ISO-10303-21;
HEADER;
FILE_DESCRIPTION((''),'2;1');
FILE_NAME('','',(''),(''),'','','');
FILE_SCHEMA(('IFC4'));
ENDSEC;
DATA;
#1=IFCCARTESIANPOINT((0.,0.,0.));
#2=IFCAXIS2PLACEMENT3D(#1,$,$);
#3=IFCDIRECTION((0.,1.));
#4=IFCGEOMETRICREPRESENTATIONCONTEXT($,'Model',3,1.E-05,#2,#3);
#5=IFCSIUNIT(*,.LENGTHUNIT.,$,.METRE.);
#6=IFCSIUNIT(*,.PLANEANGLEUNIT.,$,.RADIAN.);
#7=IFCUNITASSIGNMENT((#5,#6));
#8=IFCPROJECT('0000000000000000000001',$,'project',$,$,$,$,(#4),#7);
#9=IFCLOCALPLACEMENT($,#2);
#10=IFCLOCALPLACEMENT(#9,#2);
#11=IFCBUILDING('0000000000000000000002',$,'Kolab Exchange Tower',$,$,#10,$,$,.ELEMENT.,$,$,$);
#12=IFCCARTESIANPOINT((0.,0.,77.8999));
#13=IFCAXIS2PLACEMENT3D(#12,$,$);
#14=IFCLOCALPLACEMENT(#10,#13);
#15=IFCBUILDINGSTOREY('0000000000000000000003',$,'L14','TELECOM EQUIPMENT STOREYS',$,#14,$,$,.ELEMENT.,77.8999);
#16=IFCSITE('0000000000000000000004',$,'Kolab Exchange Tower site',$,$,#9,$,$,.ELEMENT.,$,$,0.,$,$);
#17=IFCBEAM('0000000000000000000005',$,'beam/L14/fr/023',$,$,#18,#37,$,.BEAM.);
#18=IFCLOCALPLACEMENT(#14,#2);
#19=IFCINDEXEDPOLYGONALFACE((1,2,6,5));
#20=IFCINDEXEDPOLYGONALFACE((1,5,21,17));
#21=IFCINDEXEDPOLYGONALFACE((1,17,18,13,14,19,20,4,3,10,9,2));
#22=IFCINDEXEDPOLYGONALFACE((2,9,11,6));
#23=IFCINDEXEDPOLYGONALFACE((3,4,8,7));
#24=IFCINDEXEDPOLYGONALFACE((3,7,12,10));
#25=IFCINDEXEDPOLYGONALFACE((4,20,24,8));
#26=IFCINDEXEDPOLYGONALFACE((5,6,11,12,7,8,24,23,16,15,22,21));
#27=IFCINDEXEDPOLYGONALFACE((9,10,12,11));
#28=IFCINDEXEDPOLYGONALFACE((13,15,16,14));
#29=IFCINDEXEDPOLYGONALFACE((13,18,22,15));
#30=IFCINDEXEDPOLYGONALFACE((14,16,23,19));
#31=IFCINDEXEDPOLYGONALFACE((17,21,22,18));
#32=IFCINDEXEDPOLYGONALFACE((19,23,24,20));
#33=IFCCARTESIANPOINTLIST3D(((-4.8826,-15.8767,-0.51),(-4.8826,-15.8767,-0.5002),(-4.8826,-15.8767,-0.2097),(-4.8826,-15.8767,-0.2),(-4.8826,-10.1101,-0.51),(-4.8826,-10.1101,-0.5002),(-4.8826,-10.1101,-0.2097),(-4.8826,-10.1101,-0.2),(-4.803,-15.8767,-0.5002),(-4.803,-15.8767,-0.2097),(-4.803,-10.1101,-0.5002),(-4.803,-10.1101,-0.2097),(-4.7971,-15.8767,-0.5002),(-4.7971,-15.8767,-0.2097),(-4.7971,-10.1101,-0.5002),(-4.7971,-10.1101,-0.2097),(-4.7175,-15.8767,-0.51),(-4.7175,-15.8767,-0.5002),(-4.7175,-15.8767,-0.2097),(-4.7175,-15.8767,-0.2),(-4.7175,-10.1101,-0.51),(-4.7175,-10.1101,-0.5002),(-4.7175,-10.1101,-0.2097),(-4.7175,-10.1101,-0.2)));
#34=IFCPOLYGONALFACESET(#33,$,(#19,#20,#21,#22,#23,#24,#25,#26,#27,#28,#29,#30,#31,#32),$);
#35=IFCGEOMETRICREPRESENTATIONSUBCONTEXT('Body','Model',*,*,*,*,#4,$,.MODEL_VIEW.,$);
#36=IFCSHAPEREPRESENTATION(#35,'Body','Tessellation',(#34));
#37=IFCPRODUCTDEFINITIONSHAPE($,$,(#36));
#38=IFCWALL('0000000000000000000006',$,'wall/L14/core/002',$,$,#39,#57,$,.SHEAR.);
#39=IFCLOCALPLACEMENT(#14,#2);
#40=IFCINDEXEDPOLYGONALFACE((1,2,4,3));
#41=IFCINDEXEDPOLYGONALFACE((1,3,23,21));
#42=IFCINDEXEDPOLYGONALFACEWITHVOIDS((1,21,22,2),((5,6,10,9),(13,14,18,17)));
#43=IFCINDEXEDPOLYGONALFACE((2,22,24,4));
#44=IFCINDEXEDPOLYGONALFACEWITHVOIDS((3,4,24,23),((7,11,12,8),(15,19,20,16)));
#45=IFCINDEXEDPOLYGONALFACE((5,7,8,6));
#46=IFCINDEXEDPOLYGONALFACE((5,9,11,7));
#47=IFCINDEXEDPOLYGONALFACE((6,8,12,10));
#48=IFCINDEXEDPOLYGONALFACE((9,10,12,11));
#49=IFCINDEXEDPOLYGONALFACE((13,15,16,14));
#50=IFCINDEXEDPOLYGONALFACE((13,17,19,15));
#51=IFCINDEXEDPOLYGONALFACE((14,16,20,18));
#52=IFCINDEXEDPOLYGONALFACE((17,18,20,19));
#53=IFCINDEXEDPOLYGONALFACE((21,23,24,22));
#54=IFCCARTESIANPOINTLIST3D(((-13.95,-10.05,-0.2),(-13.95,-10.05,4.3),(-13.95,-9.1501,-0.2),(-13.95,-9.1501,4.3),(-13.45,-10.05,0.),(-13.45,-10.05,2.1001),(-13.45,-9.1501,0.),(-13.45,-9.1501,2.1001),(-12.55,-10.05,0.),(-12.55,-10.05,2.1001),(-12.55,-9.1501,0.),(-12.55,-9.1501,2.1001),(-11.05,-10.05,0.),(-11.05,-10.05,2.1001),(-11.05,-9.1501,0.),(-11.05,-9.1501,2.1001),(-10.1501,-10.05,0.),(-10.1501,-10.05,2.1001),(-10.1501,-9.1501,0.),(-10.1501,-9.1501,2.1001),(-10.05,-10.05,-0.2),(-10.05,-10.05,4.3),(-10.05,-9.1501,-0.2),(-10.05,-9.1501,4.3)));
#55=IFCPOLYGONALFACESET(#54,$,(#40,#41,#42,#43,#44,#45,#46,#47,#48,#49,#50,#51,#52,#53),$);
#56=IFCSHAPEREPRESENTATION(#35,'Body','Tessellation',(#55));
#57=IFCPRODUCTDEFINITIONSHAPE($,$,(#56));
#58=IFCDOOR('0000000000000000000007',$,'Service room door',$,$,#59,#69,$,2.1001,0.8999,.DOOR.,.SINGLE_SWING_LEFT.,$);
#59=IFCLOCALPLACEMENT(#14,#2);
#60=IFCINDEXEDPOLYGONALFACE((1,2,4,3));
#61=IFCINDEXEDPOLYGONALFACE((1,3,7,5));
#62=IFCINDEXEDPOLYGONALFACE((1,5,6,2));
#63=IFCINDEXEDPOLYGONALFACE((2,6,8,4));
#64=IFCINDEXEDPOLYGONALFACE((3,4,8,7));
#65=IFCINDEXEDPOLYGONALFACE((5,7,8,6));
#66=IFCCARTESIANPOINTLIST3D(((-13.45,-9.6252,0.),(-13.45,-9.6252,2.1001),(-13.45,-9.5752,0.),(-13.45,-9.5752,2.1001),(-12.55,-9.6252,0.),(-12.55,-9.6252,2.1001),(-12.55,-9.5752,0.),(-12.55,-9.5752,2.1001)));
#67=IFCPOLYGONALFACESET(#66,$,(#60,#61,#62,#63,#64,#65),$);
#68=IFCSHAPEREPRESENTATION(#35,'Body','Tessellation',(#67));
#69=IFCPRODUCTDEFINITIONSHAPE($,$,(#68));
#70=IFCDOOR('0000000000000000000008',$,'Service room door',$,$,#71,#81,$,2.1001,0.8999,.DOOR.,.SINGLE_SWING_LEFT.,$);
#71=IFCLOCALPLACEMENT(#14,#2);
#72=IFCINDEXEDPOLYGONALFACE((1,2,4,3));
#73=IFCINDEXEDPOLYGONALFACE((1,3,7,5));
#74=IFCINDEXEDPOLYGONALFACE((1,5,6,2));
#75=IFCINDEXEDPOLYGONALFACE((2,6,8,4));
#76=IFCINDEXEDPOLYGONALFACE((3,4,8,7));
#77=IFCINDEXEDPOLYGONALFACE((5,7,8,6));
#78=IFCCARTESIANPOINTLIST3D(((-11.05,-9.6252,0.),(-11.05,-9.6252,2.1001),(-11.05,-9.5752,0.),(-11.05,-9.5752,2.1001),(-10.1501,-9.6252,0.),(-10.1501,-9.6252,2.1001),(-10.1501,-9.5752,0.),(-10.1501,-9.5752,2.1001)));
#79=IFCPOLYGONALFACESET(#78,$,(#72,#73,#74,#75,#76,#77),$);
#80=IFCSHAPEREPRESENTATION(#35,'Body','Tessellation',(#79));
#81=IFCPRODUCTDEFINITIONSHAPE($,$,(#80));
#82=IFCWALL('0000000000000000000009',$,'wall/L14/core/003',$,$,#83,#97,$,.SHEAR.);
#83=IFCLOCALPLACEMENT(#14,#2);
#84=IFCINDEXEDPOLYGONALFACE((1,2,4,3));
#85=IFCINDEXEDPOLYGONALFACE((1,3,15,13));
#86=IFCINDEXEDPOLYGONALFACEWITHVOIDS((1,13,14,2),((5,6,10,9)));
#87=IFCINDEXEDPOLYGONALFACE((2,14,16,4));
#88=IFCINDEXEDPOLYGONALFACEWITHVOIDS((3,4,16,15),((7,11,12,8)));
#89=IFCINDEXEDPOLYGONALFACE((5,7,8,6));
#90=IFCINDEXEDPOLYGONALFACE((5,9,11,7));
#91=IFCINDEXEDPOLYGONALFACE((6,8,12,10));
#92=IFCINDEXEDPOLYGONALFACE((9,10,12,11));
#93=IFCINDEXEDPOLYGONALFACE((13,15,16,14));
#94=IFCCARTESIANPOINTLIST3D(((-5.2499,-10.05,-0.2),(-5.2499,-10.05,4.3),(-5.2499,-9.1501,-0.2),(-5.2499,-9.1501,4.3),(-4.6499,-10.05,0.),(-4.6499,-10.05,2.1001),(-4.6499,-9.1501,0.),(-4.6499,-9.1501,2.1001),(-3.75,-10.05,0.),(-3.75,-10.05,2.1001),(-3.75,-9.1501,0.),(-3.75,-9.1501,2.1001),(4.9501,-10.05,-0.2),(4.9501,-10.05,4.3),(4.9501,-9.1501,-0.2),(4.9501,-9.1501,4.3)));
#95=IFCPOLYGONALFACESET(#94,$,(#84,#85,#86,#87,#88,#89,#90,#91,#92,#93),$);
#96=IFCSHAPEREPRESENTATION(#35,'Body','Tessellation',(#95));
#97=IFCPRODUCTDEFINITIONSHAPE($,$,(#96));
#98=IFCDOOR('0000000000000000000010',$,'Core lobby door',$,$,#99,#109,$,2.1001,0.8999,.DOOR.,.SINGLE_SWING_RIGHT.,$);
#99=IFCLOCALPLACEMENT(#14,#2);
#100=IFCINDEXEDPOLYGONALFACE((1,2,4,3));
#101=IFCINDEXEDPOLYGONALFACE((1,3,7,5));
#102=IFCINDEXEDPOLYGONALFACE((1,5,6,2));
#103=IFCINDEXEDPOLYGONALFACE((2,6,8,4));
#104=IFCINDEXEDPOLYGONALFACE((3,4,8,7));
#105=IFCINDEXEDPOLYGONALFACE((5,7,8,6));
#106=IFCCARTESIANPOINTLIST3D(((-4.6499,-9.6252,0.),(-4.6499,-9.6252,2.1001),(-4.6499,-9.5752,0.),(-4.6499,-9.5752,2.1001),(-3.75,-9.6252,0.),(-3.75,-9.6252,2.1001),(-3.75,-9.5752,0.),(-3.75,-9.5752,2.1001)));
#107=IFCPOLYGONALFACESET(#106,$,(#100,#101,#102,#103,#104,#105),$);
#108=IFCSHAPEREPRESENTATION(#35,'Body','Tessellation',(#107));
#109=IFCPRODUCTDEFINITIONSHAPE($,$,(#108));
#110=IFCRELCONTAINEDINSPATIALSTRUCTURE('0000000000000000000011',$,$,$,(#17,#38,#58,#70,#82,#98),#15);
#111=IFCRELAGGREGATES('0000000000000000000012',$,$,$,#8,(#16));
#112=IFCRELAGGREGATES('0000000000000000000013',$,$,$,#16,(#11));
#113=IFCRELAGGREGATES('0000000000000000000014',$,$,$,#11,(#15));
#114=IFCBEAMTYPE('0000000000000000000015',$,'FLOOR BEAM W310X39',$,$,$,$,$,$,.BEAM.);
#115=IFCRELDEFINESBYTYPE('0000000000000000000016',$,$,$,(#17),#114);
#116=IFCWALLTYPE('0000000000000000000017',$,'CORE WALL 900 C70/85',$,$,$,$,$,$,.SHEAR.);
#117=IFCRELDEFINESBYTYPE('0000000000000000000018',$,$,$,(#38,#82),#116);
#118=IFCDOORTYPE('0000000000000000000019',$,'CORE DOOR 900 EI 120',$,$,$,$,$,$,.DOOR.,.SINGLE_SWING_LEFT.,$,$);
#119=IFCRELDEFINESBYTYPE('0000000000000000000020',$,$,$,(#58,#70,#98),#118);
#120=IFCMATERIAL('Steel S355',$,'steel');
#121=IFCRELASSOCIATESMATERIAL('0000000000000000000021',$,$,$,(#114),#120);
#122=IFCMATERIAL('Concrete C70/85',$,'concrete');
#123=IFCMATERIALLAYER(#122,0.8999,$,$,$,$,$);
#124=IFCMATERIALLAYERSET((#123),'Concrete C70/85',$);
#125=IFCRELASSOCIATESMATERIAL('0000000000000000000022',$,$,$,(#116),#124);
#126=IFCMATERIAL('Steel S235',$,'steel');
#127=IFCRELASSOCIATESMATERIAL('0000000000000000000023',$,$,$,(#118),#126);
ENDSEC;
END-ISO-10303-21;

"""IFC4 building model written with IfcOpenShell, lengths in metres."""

from ifc_helpers import new_model, si_unit, direction, frame, frame_2d, origin, origin_2d, place, context, subcontext, project, spatial, rectangle, i_section, extrude, material, layer, layer_set, material_profile, profile_set, type_object, element, fill, save


model = new_model("IFC4")

# Units and contexts
model_context = context("Model", 3, precision=1e-05, world=origin(), true_north=direction((0.0, 1.0)))
body_context = subcontext(model_context, "Body", "Model", "MODEL_VIEW")
ifc_project = project(units=[si_unit("LENGTHUNIT", "METRE"), si_unit("PLANEANGLEUNIT", "RADIAN")], contexts=[model_context])

# Site, building, storey
site_placement = place(None, origin())
site = spatial("IfcSite", under=ifc_project, at=site_placement, Name="Kolab Exchange Tower site", CompositionType="ELEMENT", RefElevation=0.0)
building_placement = place(site_placement, origin())
building = spatial("IfcBuilding", under=site, at=building_placement, Name="Kolab Exchange Tower", CompositionType="ELEMENT")
storey_placement = place(building_placement, frame((0.0, 0.0, 77.8999)))
storey = spatial("IfcBuildingStorey", under=building, at=storey_placement, Name="L14", Description="TELECOM EQUIPMENT STOREYS", CompositionType="ELEMENT", Elevation=77.8999)

# Beam
ifc_material_1 = material(Name="Steel S355", Category="steel")
ifc_material_profile = material_profile(ifc_material_1, i_section(OverallWidth=0.165, OverallDepth=0.3101, WebThickness=0.0059, FlangeThickness=0.0098, at=origin_2d()), Name="W310X39")
ifc_profile_set = profile_set([ifc_material_profile], Name="Steel S355")
beam_type = type_object("IfcBeamType", Name="FLOOR BEAM W310X39", PredefinedType="BEAM", material=ifc_profile_set)
beam_placement = place(storey_placement, frame((-4.8, -15.8767, -0.355), z_axis=(0.0, 1.0, 0.0), x_axis=(-1.0, 0.0, 0.0)))
element("IfcBeam", 1, at=beam_placement, inside=storey, type_object=beam_type, Name="beam/L14/fr/023", PredefinedType="BEAM", context=body_context, shape_type="SweptSolid", body=[
    extrude(i_section(OverallWidth=0.165, OverallDepth=0.3101, WebThickness=0.0059, FlangeThickness=0.0098, at=origin_2d()), origin(), (0.0, 0.0, 1.0), 5.7666),
])

# Wall, openings, doors
ifc_material_2 = material(Name="Concrete C70/85", Category="concrete")
ifc_layer_1 = layer(ifc_material_2, 0.8999)
ifc_layer_set_1 = layer_set([ifc_layer_1], Name="Concrete C70/85")
wall_type_1 = type_object("IfcWallType", Name="CORE WALL 900 C70/85", PredefinedType="SHEAR", material=ifc_layer_set_1)
wall_1_placement = place(storey_placement, frame((-13.95, -9.6001, -0.2), z_axis=(0.0, 0.0, 1.0), x_axis=(1.0, 0.0, 0.0)))
wall_1 = element("IfcWall", 2, at=wall_1_placement, inside=storey, type_object=wall_type_1, Name="wall/L14/core/002", PredefinedType="SHEAR", context=body_context, shape_type="SweptSolid", body=[
    extrude(rectangle(XDim=3.8999, YDim=0.8999, at=frame_2d((1.95, 0.0))), origin(), (0.0, 0.0, 1.0), 4.5),
])
opening_1_placement = place(wall_1_placement, frame((0.5, 0.0, 0.2)))
opening_1 = element("IfcOpeningElement", 3, at=opening_1_placement, cuts=wall_1, PredefinedType="OPENING", context=body_context, shape_type="SweptSolid", body=[
    extrude(rectangle(XDim=0.8999, YDim=2.1001, at=frame_2d((0.45, 1.05))), frame((0.0, 0.46, 0.0), z_axis=(0.0, -1.0, 0.0), x_axis=(1.0, 0.0, 0.0)), (0.0, 0.0, 1.0), 0.9199),
])
opening_2_placement = place(wall_1_placement, frame((2.8999, 0.0, 0.2)))
opening_2 = element("IfcOpeningElement", 4, at=opening_2_placement, cuts=wall_1, PredefinedType="OPENING", context=body_context, shape_type="SweptSolid", body=[
    extrude(rectangle(XDim=0.8999, YDim=2.1001, at=frame_2d((0.45, 1.05))), frame((0.0, 0.46, 0.0), z_axis=(0.0, -1.0, 0.0), x_axis=(1.0, 0.0, 0.0)), (0.0, 0.0, 1.0), 0.9199),
])
ifc_material_3 = material(Name="Steel S235", Category="steel")
door_type_1 = type_object("IfcDoorType", Name="CORE DOOR 900 EI 120", OperationType="SINGLE_SWING_LEFT", PredefinedType="DOOR", material=ifc_material_3)
door_1_placement = place(opening_1_placement, origin())
door_1 = element("IfcDoor", 5, at=door_1_placement, inside=storey, type_object=door_type_1, Name="Service room door", OperationType="SINGLE_SWING_LEFT", OverallHeight=2.1001, OverallWidth=0.8999, PredefinedType="DOOR", context=body_context, shape_type="SweptSolid", body=[
    extrude(rectangle(XDim=0.8999, YDim=2.1001, at=frame_2d((0.45, 1.05))), frame((0.0, 0.0249, 0.0), z_axis=(0.0, -1.0, 0.0), x_axis=(1.0, 0.0, 0.0)), (0.0, 0.0, 1.0), 0.05),
])
fill(opening_1, door_1)
door_2_placement = place(opening_2_placement, origin())
door_2 = element("IfcDoor", 6, at=door_2_placement, inside=storey, type_object=door_type_1, Name="Service room door", OperationType="SINGLE_SWING_LEFT", OverallHeight=2.1001, OverallWidth=0.8999, PredefinedType="DOOR", context=body_context, shape_type="SweptSolid", body=[
    extrude(rectangle(XDim=0.8999, YDim=2.1001, at=frame_2d((0.45, 1.05))), frame((0.0, 0.0249, 0.0), z_axis=(0.0, -1.0, 0.0), x_axis=(1.0, 0.0, 0.0)), (0.0, 0.0, 1.0), 0.05),
])
fill(opening_2, door_2)

# Wall, opening, door
wall_2_placement = place(storey_placement, frame((-5.25, -9.6001, -0.2), z_axis=(0.0, 0.0, 1.0), x_axis=(1.0, 0.0, 0.0)))
wall_2 = element("IfcWall", 7, at=wall_2_placement, inside=storey, type_object=wall_type_1, Name="wall/L14/core/003", PredefinedType="SHEAR", context=body_context, shape_type="SweptSolid", body=[
    extrude(rectangle(XDim=10.2, YDim=0.8999, at=frame_2d((5.1001, 0.0))), origin(), (0.0, 0.0, 1.0), 4.5),
])
opening_3_placement = place(wall_2_placement, frame((0.6001, 0.0, 0.2)))
opening_3 = element("IfcOpeningElement", 8, at=opening_3_placement, cuts=wall_2, PredefinedType="OPENING", context=body_context, shape_type="SweptSolid", body=[
    extrude(rectangle(XDim=0.8999, YDim=2.1001, at=frame_2d((0.45, 1.05))), frame((0.0, 0.46, 0.0), z_axis=(0.0, -1.0, 0.0), x_axis=(1.0, 0.0, 0.0)), (0.0, 0.0, 1.0), 0.9199),
])
door_3_placement = place(opening_3_placement, origin())
door_3 = element("IfcDoor", 9, at=door_3_placement, inside=storey, type_object=door_type_1, Name="Core lobby door", OperationType="SINGLE_SWING_RIGHT", OverallHeight=2.1001, OverallWidth=0.8999, PredefinedType="DOOR", context=body_context, shape_type="SweptSolid", body=[
    extrude(rectangle(XDim=0.8999, YDim=2.1001, at=frame_2d((0.45, 1.05))), frame((0.0, 0.0249, 0.0), z_axis=(0.0, -1.0, 0.0), x_axis=(1.0, 0.0, 0.0)), (0.0, 0.0, 1.0), 0.05),
])
fill(opening_3, door_3)

save(model, "model.ifc")
